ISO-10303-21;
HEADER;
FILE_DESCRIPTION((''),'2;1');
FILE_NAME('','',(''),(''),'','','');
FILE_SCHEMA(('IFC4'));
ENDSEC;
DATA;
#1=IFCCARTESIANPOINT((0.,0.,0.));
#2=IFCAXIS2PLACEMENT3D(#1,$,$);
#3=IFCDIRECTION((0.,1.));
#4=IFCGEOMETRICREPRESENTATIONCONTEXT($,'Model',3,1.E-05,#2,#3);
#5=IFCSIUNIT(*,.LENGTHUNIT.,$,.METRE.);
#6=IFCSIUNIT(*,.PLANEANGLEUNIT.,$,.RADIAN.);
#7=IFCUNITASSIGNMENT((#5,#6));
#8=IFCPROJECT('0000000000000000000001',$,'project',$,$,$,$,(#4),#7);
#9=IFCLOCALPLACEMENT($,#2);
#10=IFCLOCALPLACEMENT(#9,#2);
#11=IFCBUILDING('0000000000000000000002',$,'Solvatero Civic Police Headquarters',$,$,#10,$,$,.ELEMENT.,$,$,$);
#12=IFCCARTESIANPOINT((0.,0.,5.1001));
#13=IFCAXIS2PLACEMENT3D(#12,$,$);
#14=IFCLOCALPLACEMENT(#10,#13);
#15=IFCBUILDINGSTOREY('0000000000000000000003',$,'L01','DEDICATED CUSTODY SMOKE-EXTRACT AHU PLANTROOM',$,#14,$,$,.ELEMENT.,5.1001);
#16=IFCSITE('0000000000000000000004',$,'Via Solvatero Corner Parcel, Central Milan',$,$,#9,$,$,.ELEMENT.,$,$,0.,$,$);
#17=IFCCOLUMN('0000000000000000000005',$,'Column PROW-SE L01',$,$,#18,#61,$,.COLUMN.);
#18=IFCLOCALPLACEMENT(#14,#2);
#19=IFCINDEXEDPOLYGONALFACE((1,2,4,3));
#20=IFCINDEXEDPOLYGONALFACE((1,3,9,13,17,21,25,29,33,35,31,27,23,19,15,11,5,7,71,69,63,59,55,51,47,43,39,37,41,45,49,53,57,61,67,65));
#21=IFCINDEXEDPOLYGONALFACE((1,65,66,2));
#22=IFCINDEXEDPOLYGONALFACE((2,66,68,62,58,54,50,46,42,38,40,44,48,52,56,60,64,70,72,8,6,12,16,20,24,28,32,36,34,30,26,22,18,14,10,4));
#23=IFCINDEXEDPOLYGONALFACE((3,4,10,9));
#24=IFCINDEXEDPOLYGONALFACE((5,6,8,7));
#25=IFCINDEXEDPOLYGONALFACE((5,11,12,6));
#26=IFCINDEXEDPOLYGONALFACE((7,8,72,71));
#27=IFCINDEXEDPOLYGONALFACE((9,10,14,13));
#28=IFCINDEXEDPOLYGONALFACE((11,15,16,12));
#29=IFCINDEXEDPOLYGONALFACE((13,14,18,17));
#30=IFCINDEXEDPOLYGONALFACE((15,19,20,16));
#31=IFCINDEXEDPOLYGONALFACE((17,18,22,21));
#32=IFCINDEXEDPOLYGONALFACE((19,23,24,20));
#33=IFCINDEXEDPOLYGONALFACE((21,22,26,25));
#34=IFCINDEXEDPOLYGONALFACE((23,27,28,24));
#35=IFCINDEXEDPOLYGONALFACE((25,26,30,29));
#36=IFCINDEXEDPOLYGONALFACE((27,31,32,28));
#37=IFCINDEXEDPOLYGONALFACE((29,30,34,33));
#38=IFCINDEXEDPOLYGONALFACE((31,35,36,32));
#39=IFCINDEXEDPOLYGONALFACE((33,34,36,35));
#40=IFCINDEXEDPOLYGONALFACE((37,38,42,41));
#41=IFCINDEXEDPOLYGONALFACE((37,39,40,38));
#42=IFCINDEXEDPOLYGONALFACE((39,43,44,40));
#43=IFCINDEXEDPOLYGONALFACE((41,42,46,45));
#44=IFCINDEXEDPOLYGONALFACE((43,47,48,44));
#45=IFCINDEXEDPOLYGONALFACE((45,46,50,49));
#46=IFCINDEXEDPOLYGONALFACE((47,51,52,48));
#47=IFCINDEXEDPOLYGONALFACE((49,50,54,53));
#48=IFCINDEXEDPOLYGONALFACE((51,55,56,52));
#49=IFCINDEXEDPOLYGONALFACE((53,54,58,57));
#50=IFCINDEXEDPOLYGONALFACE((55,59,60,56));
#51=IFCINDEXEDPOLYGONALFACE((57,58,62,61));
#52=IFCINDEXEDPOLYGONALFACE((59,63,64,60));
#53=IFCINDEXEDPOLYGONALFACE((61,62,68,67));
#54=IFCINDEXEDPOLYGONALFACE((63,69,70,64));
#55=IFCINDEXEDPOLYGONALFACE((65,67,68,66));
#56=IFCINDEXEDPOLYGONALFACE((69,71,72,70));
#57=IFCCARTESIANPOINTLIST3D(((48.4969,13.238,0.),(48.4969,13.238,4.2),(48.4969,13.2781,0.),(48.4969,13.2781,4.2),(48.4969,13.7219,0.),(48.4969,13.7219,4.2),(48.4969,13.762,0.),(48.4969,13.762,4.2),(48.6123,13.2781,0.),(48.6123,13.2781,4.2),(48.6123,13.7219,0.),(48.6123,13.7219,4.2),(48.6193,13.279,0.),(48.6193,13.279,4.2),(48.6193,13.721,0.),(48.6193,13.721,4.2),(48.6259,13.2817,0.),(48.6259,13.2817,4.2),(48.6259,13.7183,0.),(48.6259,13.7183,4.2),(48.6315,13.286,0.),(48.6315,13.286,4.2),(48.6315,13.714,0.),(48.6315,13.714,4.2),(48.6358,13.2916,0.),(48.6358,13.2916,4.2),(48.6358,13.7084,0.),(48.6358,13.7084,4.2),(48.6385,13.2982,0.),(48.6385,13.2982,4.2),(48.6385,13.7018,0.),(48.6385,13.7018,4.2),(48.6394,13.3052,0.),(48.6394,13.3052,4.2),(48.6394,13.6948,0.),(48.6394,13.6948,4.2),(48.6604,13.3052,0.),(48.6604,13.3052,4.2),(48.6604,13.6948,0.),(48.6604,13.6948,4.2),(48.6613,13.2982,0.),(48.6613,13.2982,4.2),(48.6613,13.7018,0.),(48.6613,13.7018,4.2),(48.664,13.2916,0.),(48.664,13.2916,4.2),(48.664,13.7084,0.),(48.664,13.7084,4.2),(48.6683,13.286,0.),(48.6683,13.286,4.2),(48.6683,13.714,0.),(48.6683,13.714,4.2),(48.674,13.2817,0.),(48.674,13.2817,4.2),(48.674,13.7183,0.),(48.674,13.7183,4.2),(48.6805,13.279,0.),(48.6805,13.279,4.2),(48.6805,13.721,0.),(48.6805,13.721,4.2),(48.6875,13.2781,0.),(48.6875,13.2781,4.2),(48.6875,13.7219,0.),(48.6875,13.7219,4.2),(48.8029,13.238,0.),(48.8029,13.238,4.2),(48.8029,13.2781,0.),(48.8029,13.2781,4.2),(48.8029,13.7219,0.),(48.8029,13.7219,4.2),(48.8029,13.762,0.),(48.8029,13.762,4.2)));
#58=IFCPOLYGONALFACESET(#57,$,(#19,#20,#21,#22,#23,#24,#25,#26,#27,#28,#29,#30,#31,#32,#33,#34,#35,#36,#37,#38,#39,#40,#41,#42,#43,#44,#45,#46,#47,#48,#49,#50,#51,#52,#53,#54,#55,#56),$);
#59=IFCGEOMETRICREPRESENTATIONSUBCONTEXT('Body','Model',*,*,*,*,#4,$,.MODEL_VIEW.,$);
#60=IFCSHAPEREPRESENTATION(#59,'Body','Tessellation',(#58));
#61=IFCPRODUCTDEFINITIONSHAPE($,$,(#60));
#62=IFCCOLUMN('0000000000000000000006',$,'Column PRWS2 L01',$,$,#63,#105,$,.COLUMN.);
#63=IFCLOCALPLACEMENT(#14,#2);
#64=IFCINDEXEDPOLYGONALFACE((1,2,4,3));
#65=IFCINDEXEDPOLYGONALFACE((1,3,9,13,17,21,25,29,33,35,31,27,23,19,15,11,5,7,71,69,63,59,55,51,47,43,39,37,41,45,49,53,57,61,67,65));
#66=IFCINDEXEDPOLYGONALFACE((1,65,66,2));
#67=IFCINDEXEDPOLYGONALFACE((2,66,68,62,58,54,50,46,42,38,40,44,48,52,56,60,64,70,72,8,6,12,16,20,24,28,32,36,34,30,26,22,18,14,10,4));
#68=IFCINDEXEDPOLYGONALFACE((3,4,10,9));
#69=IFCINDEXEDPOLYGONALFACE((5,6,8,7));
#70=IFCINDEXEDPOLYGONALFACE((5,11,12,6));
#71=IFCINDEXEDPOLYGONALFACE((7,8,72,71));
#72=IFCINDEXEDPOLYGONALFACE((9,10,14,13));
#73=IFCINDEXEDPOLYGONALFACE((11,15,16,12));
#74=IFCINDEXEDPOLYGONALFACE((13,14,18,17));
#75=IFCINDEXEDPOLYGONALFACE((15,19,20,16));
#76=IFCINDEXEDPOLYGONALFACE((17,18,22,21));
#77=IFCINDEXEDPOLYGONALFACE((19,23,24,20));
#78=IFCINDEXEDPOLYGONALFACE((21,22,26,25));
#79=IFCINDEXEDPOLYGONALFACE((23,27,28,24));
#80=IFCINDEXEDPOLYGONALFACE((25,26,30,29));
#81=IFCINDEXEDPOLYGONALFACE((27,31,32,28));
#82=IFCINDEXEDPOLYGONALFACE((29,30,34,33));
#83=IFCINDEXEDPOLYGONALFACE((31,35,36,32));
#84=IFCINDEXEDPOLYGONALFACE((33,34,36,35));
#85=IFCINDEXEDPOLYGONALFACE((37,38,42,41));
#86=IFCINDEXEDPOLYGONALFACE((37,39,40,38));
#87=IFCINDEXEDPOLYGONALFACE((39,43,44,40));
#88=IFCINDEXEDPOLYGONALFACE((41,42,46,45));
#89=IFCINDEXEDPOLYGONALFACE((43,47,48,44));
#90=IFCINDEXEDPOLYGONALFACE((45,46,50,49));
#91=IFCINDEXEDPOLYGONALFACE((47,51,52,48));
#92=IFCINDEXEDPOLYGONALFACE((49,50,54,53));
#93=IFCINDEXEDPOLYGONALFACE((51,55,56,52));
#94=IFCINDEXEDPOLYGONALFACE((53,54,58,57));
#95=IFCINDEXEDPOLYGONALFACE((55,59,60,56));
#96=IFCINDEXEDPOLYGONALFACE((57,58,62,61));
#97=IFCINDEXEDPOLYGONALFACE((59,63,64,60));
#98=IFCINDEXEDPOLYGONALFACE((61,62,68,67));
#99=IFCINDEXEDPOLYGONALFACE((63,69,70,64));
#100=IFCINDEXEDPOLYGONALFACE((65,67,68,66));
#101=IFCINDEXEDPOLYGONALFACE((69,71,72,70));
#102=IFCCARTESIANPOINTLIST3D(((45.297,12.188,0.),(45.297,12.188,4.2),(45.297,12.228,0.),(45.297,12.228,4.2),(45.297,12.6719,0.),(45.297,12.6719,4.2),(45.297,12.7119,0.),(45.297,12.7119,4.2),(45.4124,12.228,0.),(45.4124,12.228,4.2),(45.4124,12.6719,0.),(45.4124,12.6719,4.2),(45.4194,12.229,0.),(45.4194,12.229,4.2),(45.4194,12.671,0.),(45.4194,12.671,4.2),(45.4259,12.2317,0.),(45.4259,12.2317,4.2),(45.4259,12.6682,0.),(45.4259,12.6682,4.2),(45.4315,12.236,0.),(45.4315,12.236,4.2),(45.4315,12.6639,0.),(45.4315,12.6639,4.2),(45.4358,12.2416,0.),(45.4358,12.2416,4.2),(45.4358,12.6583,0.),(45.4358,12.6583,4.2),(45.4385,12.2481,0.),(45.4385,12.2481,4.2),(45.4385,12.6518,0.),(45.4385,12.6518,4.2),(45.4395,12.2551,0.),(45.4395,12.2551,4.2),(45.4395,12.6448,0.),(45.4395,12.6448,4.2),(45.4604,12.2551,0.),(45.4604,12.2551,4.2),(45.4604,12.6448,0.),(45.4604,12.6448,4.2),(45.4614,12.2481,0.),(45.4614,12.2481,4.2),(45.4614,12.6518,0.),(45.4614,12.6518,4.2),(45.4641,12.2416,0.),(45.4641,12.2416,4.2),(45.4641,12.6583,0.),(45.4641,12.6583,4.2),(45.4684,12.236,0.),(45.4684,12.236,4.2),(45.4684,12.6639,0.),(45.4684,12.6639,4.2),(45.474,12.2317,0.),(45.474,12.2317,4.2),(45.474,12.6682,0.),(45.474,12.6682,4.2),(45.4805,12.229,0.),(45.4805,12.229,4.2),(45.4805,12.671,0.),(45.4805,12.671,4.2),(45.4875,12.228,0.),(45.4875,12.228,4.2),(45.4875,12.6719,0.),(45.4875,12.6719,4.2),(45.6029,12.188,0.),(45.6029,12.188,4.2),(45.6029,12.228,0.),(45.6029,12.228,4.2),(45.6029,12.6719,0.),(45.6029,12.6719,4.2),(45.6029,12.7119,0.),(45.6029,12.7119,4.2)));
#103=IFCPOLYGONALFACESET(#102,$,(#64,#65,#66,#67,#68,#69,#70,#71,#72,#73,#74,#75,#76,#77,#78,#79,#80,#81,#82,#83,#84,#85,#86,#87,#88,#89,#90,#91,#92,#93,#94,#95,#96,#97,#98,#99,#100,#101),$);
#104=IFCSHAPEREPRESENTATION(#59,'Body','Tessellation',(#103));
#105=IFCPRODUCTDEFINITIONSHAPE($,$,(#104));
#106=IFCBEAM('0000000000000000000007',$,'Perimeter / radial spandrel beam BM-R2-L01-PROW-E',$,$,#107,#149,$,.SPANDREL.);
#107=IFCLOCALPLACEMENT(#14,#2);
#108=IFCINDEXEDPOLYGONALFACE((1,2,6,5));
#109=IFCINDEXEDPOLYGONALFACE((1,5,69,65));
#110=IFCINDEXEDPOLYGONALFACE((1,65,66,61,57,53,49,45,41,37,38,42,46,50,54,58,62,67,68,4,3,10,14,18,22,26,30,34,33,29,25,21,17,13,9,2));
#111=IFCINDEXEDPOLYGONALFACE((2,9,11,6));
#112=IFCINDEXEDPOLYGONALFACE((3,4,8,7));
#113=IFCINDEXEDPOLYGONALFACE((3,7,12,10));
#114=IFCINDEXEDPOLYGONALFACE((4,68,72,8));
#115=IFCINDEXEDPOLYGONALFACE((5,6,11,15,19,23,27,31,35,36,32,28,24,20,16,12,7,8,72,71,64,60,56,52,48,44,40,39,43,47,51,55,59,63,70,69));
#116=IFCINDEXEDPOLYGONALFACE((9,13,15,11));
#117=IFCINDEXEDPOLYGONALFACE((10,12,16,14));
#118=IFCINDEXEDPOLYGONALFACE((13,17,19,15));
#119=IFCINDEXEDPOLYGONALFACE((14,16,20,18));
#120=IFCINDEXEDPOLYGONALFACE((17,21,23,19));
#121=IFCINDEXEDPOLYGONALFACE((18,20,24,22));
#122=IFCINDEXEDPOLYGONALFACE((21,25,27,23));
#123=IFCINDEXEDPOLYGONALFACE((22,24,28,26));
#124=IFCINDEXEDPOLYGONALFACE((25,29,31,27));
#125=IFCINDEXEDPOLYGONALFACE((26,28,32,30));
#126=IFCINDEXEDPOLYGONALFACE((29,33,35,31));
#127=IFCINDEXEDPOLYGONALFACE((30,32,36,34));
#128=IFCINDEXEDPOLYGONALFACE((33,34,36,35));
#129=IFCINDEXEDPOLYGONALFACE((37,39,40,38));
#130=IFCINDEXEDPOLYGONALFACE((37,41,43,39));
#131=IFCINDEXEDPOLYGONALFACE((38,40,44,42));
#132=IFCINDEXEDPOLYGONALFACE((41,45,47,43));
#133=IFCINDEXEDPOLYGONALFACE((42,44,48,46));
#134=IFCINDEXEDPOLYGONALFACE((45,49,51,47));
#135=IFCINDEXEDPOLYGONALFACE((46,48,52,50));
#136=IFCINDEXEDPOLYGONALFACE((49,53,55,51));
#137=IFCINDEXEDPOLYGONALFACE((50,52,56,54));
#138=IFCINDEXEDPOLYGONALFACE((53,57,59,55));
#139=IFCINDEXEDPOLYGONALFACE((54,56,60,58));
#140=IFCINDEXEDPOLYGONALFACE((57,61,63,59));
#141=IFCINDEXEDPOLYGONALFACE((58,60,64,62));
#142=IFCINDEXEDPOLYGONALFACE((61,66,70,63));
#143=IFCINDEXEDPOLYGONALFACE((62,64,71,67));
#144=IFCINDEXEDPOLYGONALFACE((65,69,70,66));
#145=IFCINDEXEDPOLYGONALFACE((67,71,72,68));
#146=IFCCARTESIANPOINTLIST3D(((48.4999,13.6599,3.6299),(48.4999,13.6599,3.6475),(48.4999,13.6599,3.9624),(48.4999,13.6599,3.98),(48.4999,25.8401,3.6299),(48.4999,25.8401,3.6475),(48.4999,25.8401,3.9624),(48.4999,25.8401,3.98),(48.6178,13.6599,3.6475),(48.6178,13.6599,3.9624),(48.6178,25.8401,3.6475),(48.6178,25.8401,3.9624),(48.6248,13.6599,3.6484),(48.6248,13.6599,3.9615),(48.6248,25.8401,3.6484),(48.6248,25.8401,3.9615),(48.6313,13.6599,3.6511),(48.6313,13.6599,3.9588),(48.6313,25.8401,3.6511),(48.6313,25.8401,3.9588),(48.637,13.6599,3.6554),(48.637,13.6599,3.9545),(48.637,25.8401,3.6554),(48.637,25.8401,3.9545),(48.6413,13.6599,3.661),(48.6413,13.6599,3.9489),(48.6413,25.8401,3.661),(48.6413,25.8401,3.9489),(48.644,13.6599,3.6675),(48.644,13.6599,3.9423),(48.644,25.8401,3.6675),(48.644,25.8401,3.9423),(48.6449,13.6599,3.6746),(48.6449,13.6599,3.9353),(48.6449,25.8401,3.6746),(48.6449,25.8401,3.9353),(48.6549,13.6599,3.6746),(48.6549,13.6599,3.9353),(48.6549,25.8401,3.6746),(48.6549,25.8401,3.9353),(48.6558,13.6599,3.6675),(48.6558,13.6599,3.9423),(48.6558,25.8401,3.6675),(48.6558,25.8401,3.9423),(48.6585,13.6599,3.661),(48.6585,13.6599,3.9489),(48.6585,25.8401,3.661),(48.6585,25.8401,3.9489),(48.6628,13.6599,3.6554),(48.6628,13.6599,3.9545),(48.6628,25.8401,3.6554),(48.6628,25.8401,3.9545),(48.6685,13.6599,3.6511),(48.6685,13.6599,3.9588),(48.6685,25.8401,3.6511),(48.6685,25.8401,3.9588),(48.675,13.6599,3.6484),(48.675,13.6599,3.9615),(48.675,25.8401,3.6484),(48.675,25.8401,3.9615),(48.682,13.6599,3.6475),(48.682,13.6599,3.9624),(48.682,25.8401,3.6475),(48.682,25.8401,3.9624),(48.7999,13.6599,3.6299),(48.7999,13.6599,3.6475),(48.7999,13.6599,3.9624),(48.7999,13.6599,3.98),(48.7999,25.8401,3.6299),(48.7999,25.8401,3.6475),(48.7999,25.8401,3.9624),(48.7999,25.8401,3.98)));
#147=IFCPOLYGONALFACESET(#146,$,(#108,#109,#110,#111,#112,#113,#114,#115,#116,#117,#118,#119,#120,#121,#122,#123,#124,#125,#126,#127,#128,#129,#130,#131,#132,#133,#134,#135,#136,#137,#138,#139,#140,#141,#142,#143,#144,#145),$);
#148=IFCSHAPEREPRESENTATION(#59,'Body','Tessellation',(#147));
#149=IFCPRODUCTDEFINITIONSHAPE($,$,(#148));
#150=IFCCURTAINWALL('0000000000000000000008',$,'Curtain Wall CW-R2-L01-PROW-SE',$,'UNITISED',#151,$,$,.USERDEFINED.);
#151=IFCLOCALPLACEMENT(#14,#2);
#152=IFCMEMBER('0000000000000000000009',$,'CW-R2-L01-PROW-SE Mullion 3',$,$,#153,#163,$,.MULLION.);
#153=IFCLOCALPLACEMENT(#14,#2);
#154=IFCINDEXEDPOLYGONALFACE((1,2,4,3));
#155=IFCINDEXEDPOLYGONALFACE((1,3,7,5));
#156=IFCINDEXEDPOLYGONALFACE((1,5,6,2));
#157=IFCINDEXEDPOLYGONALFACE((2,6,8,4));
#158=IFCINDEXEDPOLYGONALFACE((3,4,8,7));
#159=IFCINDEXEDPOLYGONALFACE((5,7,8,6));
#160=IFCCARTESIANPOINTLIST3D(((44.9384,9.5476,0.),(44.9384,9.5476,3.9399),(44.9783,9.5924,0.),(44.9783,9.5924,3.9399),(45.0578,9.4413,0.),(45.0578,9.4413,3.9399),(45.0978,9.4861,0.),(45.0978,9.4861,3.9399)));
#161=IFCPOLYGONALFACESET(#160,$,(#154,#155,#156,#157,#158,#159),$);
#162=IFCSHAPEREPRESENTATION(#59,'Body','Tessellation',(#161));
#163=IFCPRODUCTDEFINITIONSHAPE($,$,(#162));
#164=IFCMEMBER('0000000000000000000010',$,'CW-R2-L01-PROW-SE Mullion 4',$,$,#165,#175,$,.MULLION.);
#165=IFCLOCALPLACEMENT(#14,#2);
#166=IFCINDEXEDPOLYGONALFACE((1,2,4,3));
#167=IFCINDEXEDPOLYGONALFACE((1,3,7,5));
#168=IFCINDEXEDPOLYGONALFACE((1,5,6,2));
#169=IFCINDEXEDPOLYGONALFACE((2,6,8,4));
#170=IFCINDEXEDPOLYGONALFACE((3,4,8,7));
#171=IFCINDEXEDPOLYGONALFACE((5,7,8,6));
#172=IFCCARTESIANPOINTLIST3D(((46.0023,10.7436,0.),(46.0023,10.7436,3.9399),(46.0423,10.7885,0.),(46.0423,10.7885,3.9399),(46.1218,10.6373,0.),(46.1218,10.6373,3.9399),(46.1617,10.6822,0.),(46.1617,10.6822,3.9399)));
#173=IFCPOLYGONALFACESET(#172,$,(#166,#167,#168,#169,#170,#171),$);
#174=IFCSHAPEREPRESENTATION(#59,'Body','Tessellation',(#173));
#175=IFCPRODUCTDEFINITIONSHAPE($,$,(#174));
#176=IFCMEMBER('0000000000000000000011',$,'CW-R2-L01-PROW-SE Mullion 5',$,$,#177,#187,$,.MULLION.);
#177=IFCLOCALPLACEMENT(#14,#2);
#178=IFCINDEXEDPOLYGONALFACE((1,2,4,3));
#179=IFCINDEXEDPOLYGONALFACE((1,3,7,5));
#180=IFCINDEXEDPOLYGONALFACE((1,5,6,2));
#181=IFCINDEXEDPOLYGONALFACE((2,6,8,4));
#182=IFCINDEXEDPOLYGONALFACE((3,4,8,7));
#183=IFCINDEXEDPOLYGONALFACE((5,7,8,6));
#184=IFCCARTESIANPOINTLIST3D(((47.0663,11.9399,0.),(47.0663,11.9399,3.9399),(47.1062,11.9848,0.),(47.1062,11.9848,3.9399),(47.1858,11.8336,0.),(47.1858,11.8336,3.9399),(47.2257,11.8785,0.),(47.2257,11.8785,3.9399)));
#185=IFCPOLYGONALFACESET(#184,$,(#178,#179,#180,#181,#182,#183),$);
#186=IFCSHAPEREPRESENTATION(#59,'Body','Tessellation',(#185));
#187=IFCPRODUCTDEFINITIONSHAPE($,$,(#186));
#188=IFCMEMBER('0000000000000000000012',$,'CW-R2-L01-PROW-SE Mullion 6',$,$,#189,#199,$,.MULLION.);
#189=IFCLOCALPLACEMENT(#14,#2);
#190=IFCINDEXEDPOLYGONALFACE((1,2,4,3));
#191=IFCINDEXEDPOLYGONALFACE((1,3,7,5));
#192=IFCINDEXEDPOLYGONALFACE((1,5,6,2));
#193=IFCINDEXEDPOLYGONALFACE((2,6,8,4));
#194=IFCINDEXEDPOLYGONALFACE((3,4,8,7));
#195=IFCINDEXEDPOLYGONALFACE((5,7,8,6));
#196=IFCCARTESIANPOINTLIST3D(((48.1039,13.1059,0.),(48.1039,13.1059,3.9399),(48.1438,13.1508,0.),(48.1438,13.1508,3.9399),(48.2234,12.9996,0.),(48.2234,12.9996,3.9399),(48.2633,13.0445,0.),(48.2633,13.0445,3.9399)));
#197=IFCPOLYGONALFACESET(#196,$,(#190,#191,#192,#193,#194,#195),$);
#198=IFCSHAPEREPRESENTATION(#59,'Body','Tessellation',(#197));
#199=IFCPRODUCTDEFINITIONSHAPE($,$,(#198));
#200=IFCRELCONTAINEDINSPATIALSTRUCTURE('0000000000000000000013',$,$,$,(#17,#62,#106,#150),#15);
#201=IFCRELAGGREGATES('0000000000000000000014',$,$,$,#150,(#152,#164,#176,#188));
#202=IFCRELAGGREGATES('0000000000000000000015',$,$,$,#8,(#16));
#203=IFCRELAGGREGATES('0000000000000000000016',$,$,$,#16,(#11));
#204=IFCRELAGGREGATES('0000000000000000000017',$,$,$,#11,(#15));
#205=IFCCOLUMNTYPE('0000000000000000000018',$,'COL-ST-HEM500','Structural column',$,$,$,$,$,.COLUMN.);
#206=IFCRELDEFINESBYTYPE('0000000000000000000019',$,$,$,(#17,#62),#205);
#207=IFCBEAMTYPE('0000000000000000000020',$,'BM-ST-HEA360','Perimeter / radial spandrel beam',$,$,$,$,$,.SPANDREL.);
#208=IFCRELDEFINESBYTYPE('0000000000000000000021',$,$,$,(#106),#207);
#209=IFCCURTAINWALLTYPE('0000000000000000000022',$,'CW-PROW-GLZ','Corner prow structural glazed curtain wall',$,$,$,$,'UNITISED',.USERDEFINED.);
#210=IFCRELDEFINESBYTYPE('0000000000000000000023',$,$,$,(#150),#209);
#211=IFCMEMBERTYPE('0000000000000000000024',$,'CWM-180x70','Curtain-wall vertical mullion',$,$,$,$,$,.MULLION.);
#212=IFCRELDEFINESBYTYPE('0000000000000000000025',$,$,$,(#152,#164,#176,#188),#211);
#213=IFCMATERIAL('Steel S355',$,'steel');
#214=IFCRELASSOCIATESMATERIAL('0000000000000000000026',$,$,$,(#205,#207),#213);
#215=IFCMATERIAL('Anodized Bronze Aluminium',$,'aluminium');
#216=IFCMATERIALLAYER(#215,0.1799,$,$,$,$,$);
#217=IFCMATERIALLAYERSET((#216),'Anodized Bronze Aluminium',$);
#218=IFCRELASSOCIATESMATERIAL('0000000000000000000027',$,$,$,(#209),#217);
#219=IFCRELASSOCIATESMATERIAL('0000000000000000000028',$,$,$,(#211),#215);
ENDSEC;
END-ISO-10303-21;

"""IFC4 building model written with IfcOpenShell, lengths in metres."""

from ifc_helpers import new_model, si_unit, direction, frame, origin, origin_2d, place, context, subcontext, project, spatial, rectangle, i_section, extrude, material, layer, layer_set, material_profile, profile_set, type_object, element, aggregate, save


model = new_model("IFC4")

# Units and contexts
model_context = context("Model", 3, precision=1e-05, world=origin(), true_north=direction((0.0, 1.0)))
body_context = subcontext(model_context, "Body", "Model", "MODEL_VIEW")
ifc_project = project(units=[si_unit("LENGTHUNIT", "METRE"), si_unit("PLANEANGLEUNIT", "RADIAN")], contexts=[model_context])

# Site, building, storey
site_placement = place(None, origin())
site = spatial("IfcSite", under=ifc_project, at=site_placement, Name="Via Solvatero Corner Parcel, Central Milan", CompositionType="ELEMENT", RefElevation=0.0)
building_placement = place(site_placement, origin())
building = spatial("IfcBuilding", under=site, at=building_placement, Name="Solvatero Civic Police Headquarters", CompositionType="ELEMENT")
storey_placement = place(building_placement, frame((0.0, 0.0, 5.1001)))
storey = spatial("IfcBuildingStorey", under=building, at=storey_placement, Name="L01", Description="DEDICATED CUSTODY SMOKE-EXTRACT AHU PLANTROOM", CompositionType="ELEMENT", Elevation=5.1001)

# Columns
ifc_material_1 = material(Name="Steel S355", Category="steel")
ifc_material_profile_1 = material_profile(ifc_material_1, i_section(OverallWidth=0.3059, OverallDepth=0.5239, WebThickness=0.021, FlangeThickness=0.04, FilletRadius=0.0271, at=origin_2d()), Name="HEM 500")
ifc_profile_set_1 = profile_set([ifc_material_profile_1], Name="Steel S355")
column_type = type_object("IfcColumnType", Name="COL-ST-HEM500", Description="Structural column", PredefinedType="COLUMN", material=ifc_profile_set_1)
for number, where, z_axis, x_axis, name in (
    (1, (48.6499, 13.5, 0.0), (0.0, 0.0, 1.0), (1.0, 0.0, 0.0), "Column PROW-SE L01"),
    (2, (45.45, 12.45, 0.0), (0.0, 0.0, 1.0), (1.0, 0.0, 0.0), "Column PRWS2 L01"),
):
    element("IfcColumn", number, at=place(storey_placement, frame(where, z_axis=z_axis, x_axis=x_axis)), inside=storey, type_object=column_type, Name=name, PredefinedType="COLUMN", context=body_context, shape_type="SweptSolid", body=[
        extrude(i_section(OverallWidth=0.3059, OverallDepth=0.5239, WebThickness=0.021, FlangeThickness=0.04, FilletRadius=0.0271, at=origin_2d()), origin(), (0.0, 0.0, 1.0), 4.2),
    ])

# Beam
ifc_material_profile_2 = material_profile(ifc_material_1, i_section(OverallWidth=0.3, OverallDepth=0.3501, WebThickness=0.01, FlangeThickness=0.0176, FilletRadius=0.0271, at=origin_2d()), Name="HEA 360")
ifc_profile_set_2 = profile_set([ifc_material_profile_2], Name="Steel S355")
beam_type = type_object("IfcBeamType", Name="BM-ST-HEA360", Description="Perimeter / radial spandrel beam", PredefinedType="SPANDREL", material=ifc_profile_set_2)
beam_placement = place(storey_placement, frame((48.6499, 13.6599, 3.8049), z_axis=(0.0, 1.0, 0.0), x_axis=(-1.0, 0.0, 0.0)))
element("IfcBeam", 3, at=beam_placement, inside=storey, type_object=beam_type, Name="Perimeter / radial spandrel beam BM-R2-L01-PROW-E", PredefinedType="SPANDREL", context=body_context, shape_type="SweptSolid", body=[
    extrude(i_section(OverallWidth=0.3, OverallDepth=0.3501, WebThickness=0.01, FlangeThickness=0.0176, FilletRadius=0.0271, at=origin_2d()), origin(), (0.0, 0.0, 1.0), 12.1802),
])

# Curtain wall, members
ifc_material_2 = material(Name="Anodized Bronze Aluminium", Category="aluminium")
ifc_layer_1 = layer(ifc_material_2, 0.1799)
ifc_layer_set_1 = layer_set([ifc_layer_1], Name="Anodized Bronze Aluminium")
curtain_wall_type = type_object("IfcCurtainWallType", Name="CW-PROW-GLZ", Description="Corner prow structural glazed curtain wall", ElementType="UNITISED", PredefinedType="USERDEFINED", material=ifc_layer_set_1)
curtain_wall_1_placement = place(storey_placement, origin())
curtain_wall_1 = element("IfcCurtainWall", 4, at=curtain_wall_1_placement, inside=storey, type_object=curtain_wall_type, Name="Curtain Wall CW-R2-L01-PROW-SE", ObjectType="UNITISED", PredefinedType="USERDEFINED")
ifc_material_profile_3 = material_profile(ifc_material_2, rectangle(XDim=0.0601, YDim=0.1599, at=origin_2d()), Name="ALU MULLION 60x160")
ifc_profile_set_3 = profile_set([ifc_material_profile_3], Name="Anodized Bronze Aluminium")
member_type_1 = type_object("IfcMemberType", Name="CWM-180x70", Description="Curtain-wall vertical mullion", PredefinedType="MULLION", material=ifc_profile_set_3)
member_1_placement = place(storey_placement, frame((45.0181, 9.5168, 0.0), z_axis=(0.0, 0.0, 1.0), x_axis=(0.664657, 0.747149, 0.0)))
member_1 = element("IfcMember", 5, at=member_1_placement, type_object=member_type_1, Name="CW-R2-L01-PROW-SE Mullion 3", PredefinedType="MULLION", context=body_context, shape_type="SweptSolid", body=[
    extrude(rectangle(XDim=0.0601, YDim=0.1599, at=origin_2d()), origin(), (0.0, 0.0, 1.0), 3.9399),
])
member_2_placement = place(storey_placement, frame((46.082, 10.7129, 0.0), z_axis=(0.0, 0.0, 1.0), x_axis=(0.664657, 0.747149, 0.0)))
member_2 = element("IfcMember", 6, at=member_2_placement, type_object=member_type_1, Name="CW-R2-L01-PROW-SE Mullion 4", PredefinedType="MULLION", context=body_context, shape_type="SweptSolid", body=[
    extrude(rectangle(XDim=0.0601, YDim=0.1599, at=origin_2d()), origin(), (0.0, 0.0, 1.0), 3.9399),
])
member_3_placement = place(storey_placement, frame((47.146, 11.9092, 0.0), z_axis=(0.0, 0.0, 1.0), x_axis=(0.664657, 0.747149, 0.0)))
member_3 = element("IfcMember", 7, at=member_3_placement, type_object=member_type_1, Name="CW-R2-L01-PROW-SE Mullion 5", PredefinedType="MULLION", context=body_context, shape_type="SweptSolid", body=[
    extrude(rectangle(XDim=0.0601, YDim=0.1599, at=origin_2d()), origin(), (0.0, 0.0, 1.0), 3.9399),
])
member_4_placement = place(storey_placement, frame((48.1836, 13.0752, 0.0), z_axis=(0.0, 0.0, 1.0), x_axis=(0.664657, 0.747149, 0.0)))
member_4 = element("IfcMember", 8, at=member_4_placement, type_object=member_type_1, Name="CW-R2-L01-PROW-SE Mullion 6", PredefinedType="MULLION", context=body_context, shape_type="SweptSolid", body=[
    extrude(rectangle(XDim=0.0601, YDim=0.1599, at=origin_2d()), origin(), (0.0, 0.0, 1.0), 3.9399),
])

aggregate(curtain_wall_1, [member_1, member_2, member_3, member_4])

save(model, "model.ifc")
